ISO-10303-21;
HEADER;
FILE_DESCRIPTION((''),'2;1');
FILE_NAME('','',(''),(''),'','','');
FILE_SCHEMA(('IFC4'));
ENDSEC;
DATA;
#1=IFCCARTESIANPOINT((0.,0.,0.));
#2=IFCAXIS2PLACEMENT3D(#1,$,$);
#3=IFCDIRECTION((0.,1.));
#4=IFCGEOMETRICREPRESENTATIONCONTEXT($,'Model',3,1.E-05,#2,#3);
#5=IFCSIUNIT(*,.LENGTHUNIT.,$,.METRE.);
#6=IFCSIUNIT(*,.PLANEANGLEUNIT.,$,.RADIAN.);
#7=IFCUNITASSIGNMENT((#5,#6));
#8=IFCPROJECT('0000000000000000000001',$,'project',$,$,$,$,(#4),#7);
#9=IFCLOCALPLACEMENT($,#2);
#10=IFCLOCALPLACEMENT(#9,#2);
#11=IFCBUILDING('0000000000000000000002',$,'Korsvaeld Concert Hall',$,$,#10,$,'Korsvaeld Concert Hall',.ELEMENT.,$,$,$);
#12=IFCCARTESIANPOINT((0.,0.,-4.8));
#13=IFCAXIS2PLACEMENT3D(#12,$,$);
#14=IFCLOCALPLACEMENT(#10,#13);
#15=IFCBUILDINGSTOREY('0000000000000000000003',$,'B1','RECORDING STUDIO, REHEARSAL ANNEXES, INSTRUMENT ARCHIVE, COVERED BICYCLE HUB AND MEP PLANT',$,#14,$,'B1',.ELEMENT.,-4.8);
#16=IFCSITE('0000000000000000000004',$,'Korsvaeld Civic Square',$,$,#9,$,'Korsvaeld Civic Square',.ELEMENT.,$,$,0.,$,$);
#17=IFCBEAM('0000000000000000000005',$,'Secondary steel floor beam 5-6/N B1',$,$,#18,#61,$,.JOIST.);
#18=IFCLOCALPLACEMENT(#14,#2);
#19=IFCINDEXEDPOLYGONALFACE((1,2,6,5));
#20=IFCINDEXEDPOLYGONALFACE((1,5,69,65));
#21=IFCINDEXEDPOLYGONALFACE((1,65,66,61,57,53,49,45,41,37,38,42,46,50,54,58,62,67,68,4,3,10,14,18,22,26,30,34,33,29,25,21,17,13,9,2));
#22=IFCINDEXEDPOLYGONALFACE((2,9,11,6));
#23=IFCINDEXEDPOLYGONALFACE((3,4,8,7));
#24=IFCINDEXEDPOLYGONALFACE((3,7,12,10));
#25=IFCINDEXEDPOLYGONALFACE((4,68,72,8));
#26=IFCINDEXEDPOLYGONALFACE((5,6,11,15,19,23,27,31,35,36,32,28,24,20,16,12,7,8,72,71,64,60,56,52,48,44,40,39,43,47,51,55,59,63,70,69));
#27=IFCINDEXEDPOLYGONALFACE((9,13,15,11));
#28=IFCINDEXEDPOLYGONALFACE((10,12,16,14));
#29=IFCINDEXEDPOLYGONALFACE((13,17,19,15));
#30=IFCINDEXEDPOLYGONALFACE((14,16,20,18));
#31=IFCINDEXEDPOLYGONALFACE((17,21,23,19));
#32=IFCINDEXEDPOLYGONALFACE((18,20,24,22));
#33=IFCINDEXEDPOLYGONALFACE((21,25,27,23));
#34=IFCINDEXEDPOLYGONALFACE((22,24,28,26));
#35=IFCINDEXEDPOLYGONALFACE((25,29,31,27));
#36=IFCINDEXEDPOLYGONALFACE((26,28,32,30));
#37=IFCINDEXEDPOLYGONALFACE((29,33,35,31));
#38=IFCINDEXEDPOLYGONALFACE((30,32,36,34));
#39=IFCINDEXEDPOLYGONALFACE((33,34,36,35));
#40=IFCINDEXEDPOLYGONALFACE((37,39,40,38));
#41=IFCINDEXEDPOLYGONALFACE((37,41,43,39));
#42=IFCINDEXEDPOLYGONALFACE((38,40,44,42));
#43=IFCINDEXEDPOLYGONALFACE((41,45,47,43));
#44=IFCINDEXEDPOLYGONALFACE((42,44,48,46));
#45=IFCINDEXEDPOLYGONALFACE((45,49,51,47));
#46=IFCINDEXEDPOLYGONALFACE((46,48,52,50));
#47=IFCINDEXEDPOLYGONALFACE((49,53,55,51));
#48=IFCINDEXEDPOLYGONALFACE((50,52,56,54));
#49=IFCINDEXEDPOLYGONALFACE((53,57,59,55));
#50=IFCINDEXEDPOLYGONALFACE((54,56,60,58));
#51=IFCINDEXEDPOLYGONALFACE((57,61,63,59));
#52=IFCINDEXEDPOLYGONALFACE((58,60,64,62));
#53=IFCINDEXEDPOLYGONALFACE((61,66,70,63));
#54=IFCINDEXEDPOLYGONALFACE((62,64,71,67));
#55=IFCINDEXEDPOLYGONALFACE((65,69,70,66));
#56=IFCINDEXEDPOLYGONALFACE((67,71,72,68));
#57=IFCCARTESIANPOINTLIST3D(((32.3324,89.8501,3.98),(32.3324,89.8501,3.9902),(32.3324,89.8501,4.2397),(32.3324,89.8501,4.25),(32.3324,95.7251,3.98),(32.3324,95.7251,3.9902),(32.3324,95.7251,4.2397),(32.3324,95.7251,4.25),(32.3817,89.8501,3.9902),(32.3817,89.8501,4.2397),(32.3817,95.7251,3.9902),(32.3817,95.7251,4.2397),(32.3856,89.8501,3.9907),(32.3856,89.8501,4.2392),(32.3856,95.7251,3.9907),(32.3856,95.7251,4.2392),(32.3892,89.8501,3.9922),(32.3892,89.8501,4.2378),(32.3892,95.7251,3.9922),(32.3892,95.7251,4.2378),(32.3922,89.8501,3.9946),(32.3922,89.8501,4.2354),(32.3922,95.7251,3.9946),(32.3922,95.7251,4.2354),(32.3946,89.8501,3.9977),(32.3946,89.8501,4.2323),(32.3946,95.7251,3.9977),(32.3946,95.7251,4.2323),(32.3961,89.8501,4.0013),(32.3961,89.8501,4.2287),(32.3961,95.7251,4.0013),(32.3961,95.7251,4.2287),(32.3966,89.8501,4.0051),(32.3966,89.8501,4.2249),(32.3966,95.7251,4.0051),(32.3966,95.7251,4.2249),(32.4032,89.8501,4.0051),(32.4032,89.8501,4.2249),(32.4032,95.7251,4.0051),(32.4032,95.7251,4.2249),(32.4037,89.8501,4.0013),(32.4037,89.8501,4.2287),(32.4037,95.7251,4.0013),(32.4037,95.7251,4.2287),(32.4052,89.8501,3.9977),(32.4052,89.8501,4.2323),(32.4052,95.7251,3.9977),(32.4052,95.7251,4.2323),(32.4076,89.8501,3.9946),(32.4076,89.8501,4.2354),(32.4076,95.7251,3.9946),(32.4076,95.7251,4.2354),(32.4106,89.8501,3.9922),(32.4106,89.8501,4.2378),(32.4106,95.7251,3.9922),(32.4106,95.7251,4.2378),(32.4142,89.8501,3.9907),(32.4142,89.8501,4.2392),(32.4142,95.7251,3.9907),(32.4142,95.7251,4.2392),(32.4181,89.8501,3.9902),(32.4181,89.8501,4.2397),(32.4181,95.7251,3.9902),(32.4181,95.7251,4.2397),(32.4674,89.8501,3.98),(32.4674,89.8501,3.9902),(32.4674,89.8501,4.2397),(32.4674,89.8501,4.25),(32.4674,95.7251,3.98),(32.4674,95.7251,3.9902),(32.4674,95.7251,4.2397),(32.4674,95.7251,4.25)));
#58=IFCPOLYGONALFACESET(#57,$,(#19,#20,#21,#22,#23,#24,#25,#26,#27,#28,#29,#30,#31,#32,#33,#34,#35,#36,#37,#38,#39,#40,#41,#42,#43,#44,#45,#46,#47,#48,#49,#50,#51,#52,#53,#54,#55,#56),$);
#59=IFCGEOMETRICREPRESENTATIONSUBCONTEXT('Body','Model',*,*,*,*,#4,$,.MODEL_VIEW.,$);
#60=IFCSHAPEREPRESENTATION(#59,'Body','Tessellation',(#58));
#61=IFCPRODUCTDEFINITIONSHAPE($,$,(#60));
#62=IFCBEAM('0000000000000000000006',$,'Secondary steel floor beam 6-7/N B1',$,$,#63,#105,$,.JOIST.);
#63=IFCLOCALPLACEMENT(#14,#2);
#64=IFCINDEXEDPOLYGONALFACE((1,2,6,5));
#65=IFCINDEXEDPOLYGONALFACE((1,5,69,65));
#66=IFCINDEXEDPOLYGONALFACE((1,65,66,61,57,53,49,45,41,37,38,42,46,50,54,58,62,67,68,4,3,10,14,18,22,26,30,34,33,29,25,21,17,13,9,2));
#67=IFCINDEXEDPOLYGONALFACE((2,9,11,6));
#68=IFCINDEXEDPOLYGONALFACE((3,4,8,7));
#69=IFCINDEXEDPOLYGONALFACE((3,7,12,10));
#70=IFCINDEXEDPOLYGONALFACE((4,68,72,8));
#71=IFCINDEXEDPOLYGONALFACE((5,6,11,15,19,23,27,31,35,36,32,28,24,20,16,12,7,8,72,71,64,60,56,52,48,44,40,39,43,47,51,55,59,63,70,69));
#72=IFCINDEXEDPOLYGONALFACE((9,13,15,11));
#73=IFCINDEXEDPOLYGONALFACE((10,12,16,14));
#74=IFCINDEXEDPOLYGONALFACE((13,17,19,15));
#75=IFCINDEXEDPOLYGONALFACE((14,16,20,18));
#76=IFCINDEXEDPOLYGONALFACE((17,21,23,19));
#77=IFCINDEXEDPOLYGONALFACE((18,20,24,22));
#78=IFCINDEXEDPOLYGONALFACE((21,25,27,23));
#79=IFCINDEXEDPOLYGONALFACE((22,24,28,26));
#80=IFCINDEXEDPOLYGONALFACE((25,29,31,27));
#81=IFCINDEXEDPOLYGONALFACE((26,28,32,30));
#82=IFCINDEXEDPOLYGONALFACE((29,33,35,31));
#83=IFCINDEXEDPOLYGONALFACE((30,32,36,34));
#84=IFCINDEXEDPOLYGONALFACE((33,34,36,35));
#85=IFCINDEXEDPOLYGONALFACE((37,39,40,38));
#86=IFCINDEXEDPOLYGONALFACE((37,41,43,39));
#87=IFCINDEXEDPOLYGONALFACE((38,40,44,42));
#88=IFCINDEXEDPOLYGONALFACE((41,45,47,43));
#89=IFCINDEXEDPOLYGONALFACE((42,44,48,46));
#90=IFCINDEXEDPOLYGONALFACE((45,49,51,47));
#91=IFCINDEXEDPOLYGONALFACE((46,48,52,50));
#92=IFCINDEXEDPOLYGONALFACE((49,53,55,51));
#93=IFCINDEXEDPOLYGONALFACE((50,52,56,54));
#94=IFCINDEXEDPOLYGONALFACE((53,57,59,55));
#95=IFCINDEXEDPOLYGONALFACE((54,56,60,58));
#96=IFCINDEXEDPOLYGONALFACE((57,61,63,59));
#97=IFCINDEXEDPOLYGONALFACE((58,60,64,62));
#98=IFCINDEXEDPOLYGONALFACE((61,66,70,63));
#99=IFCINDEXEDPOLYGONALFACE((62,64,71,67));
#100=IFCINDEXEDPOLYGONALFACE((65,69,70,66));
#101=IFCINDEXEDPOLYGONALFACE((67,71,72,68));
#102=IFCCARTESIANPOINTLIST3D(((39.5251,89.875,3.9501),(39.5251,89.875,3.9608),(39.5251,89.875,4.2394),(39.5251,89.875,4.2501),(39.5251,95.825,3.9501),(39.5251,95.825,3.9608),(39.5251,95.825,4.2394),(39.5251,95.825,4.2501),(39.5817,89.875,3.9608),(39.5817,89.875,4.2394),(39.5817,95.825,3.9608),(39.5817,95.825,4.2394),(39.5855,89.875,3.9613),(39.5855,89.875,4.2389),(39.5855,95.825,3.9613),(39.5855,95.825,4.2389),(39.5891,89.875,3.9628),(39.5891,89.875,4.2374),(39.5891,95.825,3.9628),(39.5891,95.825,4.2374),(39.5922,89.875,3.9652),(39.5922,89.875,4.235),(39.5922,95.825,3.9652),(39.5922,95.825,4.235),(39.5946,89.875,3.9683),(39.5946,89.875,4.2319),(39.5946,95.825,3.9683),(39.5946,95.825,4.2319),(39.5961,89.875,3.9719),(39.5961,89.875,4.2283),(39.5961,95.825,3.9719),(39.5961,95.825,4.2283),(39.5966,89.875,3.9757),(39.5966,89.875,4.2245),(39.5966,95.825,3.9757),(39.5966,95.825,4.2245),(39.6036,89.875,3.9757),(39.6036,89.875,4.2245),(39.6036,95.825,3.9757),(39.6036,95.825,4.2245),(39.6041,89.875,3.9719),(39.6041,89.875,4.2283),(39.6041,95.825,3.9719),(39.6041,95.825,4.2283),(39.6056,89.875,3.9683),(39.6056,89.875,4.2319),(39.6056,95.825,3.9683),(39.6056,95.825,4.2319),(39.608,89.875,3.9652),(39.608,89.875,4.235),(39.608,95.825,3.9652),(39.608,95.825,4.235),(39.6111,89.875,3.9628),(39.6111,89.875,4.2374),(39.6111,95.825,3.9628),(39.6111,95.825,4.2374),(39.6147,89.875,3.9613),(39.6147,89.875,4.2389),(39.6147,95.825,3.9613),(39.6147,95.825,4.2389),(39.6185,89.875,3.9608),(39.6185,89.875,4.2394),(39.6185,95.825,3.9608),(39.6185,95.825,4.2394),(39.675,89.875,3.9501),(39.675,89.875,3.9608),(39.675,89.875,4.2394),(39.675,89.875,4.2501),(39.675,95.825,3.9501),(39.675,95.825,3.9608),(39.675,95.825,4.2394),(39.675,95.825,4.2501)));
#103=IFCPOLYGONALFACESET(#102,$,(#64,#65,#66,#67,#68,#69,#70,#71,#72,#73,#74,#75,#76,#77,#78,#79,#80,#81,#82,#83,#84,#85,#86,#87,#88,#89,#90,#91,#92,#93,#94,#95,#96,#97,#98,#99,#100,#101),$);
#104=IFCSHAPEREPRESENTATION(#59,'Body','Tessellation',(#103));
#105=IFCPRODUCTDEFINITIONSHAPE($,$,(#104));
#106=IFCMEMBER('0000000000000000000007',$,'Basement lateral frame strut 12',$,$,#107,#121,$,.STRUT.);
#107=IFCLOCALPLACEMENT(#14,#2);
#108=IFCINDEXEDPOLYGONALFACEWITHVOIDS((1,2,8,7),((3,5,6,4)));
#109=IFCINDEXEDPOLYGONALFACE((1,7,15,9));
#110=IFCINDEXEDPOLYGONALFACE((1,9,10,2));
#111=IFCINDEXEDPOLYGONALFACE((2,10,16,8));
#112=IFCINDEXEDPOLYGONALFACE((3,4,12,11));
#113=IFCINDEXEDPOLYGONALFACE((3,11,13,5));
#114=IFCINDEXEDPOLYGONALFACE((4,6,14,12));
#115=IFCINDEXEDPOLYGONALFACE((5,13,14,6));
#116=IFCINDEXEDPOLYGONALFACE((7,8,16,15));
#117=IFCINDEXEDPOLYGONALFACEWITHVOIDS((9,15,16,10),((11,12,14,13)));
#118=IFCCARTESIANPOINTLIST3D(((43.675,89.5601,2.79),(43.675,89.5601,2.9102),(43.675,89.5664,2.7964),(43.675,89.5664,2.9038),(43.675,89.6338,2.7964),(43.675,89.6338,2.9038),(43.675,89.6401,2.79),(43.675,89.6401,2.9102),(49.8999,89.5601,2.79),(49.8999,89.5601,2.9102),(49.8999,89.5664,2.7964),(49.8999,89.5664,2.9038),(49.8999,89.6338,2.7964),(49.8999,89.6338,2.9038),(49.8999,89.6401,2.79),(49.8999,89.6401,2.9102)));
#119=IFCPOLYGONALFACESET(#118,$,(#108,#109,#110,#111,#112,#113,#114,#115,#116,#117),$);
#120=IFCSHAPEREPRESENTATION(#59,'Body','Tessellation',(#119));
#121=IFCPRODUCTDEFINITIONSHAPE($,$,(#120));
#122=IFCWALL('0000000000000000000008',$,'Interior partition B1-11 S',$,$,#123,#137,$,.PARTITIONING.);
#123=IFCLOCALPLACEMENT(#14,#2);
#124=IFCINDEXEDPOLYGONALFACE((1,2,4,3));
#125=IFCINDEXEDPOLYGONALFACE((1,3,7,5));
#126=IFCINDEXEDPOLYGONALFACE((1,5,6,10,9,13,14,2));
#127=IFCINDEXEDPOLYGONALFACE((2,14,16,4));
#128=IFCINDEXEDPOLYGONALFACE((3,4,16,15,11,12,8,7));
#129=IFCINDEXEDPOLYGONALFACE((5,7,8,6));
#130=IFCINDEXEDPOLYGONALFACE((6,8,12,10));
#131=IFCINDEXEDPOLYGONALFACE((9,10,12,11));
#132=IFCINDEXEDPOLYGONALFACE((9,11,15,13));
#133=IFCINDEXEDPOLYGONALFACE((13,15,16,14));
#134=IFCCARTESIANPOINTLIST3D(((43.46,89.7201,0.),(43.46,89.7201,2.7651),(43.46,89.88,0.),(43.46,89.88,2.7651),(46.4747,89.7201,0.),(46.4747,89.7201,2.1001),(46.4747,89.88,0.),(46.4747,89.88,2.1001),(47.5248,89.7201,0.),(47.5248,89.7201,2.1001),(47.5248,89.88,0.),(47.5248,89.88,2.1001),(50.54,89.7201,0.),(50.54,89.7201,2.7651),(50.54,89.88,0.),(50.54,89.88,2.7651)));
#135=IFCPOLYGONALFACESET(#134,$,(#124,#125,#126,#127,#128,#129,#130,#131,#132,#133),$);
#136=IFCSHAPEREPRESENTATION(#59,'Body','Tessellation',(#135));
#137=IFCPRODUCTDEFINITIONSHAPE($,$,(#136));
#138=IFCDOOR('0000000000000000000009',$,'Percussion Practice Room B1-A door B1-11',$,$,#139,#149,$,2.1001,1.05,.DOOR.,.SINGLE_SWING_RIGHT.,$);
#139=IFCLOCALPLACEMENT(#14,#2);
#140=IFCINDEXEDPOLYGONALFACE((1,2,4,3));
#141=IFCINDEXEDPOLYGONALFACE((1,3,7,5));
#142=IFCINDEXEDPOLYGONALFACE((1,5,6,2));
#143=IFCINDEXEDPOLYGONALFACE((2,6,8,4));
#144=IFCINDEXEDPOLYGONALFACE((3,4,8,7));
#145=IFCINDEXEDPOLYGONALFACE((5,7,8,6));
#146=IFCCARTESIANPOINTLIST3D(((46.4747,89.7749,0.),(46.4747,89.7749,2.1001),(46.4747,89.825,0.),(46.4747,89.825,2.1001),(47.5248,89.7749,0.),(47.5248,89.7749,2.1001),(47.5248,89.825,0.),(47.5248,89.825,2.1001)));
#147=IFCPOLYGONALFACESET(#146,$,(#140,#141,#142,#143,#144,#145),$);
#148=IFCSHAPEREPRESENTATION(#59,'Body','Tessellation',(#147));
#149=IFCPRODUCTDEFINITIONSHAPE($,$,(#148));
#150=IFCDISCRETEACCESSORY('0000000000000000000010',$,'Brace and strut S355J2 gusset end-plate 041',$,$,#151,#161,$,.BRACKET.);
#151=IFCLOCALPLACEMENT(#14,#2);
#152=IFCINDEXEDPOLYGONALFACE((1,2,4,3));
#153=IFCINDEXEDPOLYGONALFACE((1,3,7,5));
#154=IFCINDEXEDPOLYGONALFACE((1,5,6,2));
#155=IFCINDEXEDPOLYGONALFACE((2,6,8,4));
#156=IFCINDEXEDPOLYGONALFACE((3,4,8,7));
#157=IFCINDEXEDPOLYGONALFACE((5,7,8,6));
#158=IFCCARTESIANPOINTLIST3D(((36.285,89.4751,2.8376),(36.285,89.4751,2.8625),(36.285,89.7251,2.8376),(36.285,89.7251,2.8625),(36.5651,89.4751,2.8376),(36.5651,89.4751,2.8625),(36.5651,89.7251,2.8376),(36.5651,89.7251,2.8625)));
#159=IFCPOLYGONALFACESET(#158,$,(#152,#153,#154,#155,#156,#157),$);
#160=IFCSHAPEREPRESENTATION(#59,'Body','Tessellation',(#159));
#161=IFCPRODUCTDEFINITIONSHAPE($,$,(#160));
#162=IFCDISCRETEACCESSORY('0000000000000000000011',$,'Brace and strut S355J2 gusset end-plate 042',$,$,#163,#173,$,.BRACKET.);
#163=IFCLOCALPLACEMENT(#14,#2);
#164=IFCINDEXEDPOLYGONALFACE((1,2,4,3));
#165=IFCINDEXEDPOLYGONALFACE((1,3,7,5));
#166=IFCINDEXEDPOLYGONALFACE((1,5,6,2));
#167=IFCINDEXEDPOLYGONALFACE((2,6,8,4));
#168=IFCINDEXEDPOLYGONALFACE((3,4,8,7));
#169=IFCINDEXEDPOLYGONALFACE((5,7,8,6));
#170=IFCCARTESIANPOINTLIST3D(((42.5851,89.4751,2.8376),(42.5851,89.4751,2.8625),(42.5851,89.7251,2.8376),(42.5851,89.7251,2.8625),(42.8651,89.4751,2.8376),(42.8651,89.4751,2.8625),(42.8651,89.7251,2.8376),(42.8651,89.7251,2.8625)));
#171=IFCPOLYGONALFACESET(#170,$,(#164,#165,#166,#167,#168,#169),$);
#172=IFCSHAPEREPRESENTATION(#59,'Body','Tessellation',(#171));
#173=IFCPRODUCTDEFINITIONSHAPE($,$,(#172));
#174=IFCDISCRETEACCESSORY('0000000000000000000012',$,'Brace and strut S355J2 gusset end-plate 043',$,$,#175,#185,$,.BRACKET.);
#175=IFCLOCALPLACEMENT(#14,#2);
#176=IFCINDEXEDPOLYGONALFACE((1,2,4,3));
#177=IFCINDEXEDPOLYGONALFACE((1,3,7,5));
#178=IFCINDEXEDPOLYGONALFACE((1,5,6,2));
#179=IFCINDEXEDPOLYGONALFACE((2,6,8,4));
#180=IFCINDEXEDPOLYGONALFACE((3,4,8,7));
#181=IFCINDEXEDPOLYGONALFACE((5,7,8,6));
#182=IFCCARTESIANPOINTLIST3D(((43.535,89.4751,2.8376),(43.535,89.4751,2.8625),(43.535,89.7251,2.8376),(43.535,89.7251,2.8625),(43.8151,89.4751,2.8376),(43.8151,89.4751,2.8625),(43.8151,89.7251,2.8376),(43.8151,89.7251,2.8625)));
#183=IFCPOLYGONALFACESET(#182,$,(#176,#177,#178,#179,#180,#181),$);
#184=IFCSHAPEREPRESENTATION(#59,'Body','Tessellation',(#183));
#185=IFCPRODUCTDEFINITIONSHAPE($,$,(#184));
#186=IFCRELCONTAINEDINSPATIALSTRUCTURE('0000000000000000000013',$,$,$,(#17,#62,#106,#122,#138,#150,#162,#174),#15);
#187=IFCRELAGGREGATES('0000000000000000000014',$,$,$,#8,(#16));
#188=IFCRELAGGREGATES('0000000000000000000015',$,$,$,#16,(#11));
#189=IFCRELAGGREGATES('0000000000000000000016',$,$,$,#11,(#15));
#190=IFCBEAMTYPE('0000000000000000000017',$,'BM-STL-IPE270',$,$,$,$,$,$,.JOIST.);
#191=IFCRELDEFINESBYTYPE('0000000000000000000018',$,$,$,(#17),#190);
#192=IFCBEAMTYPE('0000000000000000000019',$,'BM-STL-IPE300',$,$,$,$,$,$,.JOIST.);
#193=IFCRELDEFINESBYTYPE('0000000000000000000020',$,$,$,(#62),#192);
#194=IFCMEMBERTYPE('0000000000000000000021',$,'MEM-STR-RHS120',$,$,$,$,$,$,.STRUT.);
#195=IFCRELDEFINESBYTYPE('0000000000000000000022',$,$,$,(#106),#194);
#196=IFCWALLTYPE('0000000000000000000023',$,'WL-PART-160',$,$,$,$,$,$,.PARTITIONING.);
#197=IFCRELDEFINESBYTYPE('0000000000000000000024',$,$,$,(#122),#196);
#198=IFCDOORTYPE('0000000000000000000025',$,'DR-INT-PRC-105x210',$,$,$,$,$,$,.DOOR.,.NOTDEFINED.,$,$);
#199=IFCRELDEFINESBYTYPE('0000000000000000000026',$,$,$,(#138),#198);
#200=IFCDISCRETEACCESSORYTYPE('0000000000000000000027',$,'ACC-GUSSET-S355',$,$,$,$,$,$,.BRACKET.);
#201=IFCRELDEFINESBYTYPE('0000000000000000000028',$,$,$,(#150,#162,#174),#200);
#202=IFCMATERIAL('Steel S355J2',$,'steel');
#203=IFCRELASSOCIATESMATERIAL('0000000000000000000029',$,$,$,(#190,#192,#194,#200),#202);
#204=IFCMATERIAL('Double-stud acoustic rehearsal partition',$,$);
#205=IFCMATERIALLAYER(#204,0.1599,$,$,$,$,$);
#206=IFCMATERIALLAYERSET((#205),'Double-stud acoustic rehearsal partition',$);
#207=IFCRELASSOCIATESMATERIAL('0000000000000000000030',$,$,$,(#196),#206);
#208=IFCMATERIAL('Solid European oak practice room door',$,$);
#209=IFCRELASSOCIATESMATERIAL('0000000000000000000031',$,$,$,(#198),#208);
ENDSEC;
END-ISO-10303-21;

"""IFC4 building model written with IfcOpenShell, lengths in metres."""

from ifc_helpers import new_model, si_unit, direction, frame, frame_2d, origin, origin_2d, place, context, subcontext, project, spatial, rectangle, hollow_rectangle, i_section, extrude, material, layer, layer_set, material_profile, profile_set, type_object, element, fill, save


model = new_model("IFC4")

# Units and contexts
model_context = context("Model", 3, precision=1e-05, world=origin(), true_north=direction((0.0, 1.0)))
body_context = subcontext(model_context, "Body", "Model", "MODEL_VIEW")
ifc_project = project(units=[si_unit("LENGTHUNIT", "METRE"), si_unit("PLANEANGLEUNIT", "RADIAN")], contexts=[model_context])

# Site, building, storey
site_placement = place(None, origin())
site = spatial("IfcSite", under=ifc_project, at=site_placement, Name="Korsvaeld Civic Square", LongName="Korsvaeld Civic Square", CompositionType="ELEMENT", RefElevation=0.0)
building_placement = place(site_placement, origin())
building = spatial("IfcBuilding", under=site, at=building_placement, Name="Korsvaeld Concert Hall", LongName="Korsvaeld Concert Hall", CompositionType="ELEMENT")
storey_placement = place(building_placement, frame((0.0, 0.0, -4.8)))
storey = spatial("IfcBuildingStorey", under=building, at=storey_placement, Name="B1", Description="RECORDING STUDIO, REHEARSAL ANNEXES, INSTRUMENT ARCHIVE, COVERED BICYCLE HUB AND MEP PLANT", LongName="B1", CompositionType="ELEMENT", Elevation=-4.8)

# Beams
ifc_material_1 = material(Name="Steel S355J2", Category="steel")
ifc_material_profile_1 = material_profile(ifc_material_1, i_section(OverallWidth=0.135, OverallDepth=0.27, WebThickness=0.0066, FlangeThickness=0.0103, FilletRadius=0.0149, at=origin_2d()), Name="IPE 270")
ifc_profile_set_1 = profile_set([ifc_material_profile_1], Name="Steel S355J2")
beam_type_1 = type_object("IfcBeamType", Name="BM-STL-IPE270", PredefinedType="JOIST", material=ifc_profile_set_1)
beam_1_placement = place(storey_placement, frame((32.3999, 89.8501, 4.115), z_axis=(0.0, 1.0, 0.0), x_axis=(-1.0, 0.0, 0.0)))
element("IfcBeam", 1, at=beam_1_placement, inside=storey, type_object=beam_type_1, Name="Secondary steel floor beam 5-6/N B1", PredefinedType="JOIST", context=body_context, shape_type="SweptSolid", body=[
    extrude(i_section(OverallWidth=0.135, OverallDepth=0.27, WebThickness=0.0066, FlangeThickness=0.0103, FilletRadius=0.0149, at=origin_2d()), origin(), (0.0, 0.0, 1.0), 5.875),
])
ifc_material_profile_2 = material_profile(ifc_material_1, i_section(OverallWidth=0.1499, OverallDepth=0.3, WebThickness=0.0071, FlangeThickness=0.0107, FilletRadius=0.0149, at=origin_2d()), Name="IPE 300")
ifc_profile_set_2 = profile_set([ifc_material_profile_2], Name="Steel S355J2")
beam_type_2 = type_object("IfcBeamType", Name="BM-STL-IPE300", PredefinedType="JOIST", material=ifc_profile_set_2)
beam_2_placement = place(storey_placement, frame((39.6001, 89.875, 4.1001), z_axis=(0.0, 1.0, 0.0), x_axis=(-1.0, 0.0, 0.0)))
element("IfcBeam", 2, at=beam_2_placement, inside=storey, type_object=beam_type_2, Name="Secondary steel floor beam 6-7/N B1", PredefinedType="JOIST", context=body_context, shape_type="SweptSolid", body=[
    extrude(i_section(OverallWidth=0.1499, OverallDepth=0.3, WebThickness=0.0071, FlangeThickness=0.0107, FilletRadius=0.0149, at=origin_2d()), origin(), (0.0, 0.0, 1.0), 5.95),
])

# Member
ifc_material_profile_3 = material_profile(ifc_material_1, hollow_rectangle(XDim=0.0801, YDim=0.1201, WallThickness=0.0063, at=origin_2d()), Name="RHS 120x80x6.3")
ifc_profile_set_3 = profile_set([ifc_material_profile_3], Name="Steel S355J2")
member_type = type_object("IfcMemberType", Name="MEM-STR-RHS120", PredefinedType="STRUT", material=ifc_profile_set_3)
member_placement = place(storey_placement, frame((43.675, 89.6001, 2.8501), z_axis=(1.0, 0.0, 0.0), x_axis=(0.0, 1.0, 0.0)))
element("IfcMember", 3, at=member_placement, inside=storey, type_object=member_type, Name="Basement lateral frame strut 12", PredefinedType="STRUT", context=body_context, shape_type="SweptSolid", body=[
    extrude(hollow_rectangle(XDim=0.0801, YDim=0.1201, WallThickness=0.0063, at=origin_2d()), origin(), (0.0, 0.0, 1.0), 6.2249),
])

# Wall, opening, door
ifc_material_2 = material(Name="Double-stud acoustic rehearsal partition")
ifc_layer_1 = layer(ifc_material_2, 0.1599)
ifc_layer_set_1 = layer_set([ifc_layer_1], Name="Double-stud acoustic rehearsal partition")
wall_type_1 = type_object("IfcWallType", Name="WL-PART-160", PredefinedType="PARTITIONING", material=ifc_layer_set_1)
wall_1_placement = place(storey_placement, frame((43.46, 89.8, 0.0), z_axis=(0.0, 0.0, 1.0), x_axis=(1.0, 0.0, 0.0)))
wall_1 = element("IfcWall", 4, at=wall_1_placement, inside=storey, type_object=wall_type_1, Name="Interior partition B1-11 S", PredefinedType="PARTITIONING", context=body_context, shape_type="SweptSolid", body=[
    extrude(rectangle(XDim=7.0801, YDim=0.1599, at=frame_2d((3.54, 0.0))), origin(), (0.0, 0.0, 1.0), 2.7651),
])
opening_placement = place(wall_1_placement, frame((3.0149, 0.0, 0.0)))
opening = element("IfcOpeningElement", 5, at=opening_placement, cuts=wall_1, PredefinedType="OPENING", context=body_context, shape_type="SweptSolid", body=[
    extrude(rectangle(XDim=1.05, YDim=2.1001, at=frame_2d((0.5249, 1.05))), frame((0.0, 0.0898, 0.0), z_axis=(0.0, -1.0, 0.0), x_axis=(1.0, 0.0, 0.0)), (0.0, 0.0, 1.0), 0.1799),
])
ifc_material_3 = material(Name="Solid European oak practice room door")
door_type = type_object("IfcDoorType", Name="DR-INT-PRC-105x210", OperationType="NOTDEFINED", PredefinedType="DOOR", material=ifc_material_3)
door_placement = place(opening_placement, origin())
door = element("IfcDoor", 6, at=door_placement, inside=storey, type_object=door_type, Name="Percussion Practice Room B1-A door B1-11", OperationType="SINGLE_SWING_RIGHT", OverallHeight=2.1001, OverallWidth=1.05, PredefinedType="DOOR", context=body_context, shape_type="SweptSolid", body=[
    extrude(rectangle(XDim=1.05, YDim=2.1001, at=frame_2d((0.5249, 1.05))), frame((0.0, 0.0249, 0.0), z_axis=(0.0, -1.0, 0.0), x_axis=(1.0, 0.0, 0.0)), (0.0, 0.0, 1.0), 0.05),
])
fill(opening, door)

# Discrete accessories
discrete_accessory_type = type_object("IfcDiscreteAccessoryType", Name="ACC-GUSSET-S355", PredefinedType="BRACKET", material=ifc_material_1)
for number, where, z_axis, x_axis, name in (
    (7, (36.425, 89.6001, 2.8376), (0.0, 0.0, 1.0), (1.0, 0.0, 0.0), "Brace and strut S355J2 gusset end-plate 041"),
    (8, (42.7251, 89.6001, 2.8376), (0.0, 0.0, 1.0), (1.0, 0.0, 0.0), "Brace and strut S355J2 gusset end-plate 042"),
    (9, (43.675, 89.6001, 2.8376), (0.0, 0.0, 1.0), (1.0, 0.0, 0.0), "Brace and strut S355J2 gusset end-plate 043"),
):
    element("IfcDiscreteAccessory", number, at=place(storey_placement, frame(where, z_axis=z_axis, x_axis=x_axis)), inside=storey, type_object=discrete_accessory_type, Name=name, PredefinedType="BRACKET", context=body_context, shape_type="SweptSolid", body=[
        extrude(rectangle(XDim=0.28, YDim=0.25, at=origin_2d()), origin(), (0.0, 0.0, 1.0), 0.0249),
    ])

save(model, "model.ifc")
